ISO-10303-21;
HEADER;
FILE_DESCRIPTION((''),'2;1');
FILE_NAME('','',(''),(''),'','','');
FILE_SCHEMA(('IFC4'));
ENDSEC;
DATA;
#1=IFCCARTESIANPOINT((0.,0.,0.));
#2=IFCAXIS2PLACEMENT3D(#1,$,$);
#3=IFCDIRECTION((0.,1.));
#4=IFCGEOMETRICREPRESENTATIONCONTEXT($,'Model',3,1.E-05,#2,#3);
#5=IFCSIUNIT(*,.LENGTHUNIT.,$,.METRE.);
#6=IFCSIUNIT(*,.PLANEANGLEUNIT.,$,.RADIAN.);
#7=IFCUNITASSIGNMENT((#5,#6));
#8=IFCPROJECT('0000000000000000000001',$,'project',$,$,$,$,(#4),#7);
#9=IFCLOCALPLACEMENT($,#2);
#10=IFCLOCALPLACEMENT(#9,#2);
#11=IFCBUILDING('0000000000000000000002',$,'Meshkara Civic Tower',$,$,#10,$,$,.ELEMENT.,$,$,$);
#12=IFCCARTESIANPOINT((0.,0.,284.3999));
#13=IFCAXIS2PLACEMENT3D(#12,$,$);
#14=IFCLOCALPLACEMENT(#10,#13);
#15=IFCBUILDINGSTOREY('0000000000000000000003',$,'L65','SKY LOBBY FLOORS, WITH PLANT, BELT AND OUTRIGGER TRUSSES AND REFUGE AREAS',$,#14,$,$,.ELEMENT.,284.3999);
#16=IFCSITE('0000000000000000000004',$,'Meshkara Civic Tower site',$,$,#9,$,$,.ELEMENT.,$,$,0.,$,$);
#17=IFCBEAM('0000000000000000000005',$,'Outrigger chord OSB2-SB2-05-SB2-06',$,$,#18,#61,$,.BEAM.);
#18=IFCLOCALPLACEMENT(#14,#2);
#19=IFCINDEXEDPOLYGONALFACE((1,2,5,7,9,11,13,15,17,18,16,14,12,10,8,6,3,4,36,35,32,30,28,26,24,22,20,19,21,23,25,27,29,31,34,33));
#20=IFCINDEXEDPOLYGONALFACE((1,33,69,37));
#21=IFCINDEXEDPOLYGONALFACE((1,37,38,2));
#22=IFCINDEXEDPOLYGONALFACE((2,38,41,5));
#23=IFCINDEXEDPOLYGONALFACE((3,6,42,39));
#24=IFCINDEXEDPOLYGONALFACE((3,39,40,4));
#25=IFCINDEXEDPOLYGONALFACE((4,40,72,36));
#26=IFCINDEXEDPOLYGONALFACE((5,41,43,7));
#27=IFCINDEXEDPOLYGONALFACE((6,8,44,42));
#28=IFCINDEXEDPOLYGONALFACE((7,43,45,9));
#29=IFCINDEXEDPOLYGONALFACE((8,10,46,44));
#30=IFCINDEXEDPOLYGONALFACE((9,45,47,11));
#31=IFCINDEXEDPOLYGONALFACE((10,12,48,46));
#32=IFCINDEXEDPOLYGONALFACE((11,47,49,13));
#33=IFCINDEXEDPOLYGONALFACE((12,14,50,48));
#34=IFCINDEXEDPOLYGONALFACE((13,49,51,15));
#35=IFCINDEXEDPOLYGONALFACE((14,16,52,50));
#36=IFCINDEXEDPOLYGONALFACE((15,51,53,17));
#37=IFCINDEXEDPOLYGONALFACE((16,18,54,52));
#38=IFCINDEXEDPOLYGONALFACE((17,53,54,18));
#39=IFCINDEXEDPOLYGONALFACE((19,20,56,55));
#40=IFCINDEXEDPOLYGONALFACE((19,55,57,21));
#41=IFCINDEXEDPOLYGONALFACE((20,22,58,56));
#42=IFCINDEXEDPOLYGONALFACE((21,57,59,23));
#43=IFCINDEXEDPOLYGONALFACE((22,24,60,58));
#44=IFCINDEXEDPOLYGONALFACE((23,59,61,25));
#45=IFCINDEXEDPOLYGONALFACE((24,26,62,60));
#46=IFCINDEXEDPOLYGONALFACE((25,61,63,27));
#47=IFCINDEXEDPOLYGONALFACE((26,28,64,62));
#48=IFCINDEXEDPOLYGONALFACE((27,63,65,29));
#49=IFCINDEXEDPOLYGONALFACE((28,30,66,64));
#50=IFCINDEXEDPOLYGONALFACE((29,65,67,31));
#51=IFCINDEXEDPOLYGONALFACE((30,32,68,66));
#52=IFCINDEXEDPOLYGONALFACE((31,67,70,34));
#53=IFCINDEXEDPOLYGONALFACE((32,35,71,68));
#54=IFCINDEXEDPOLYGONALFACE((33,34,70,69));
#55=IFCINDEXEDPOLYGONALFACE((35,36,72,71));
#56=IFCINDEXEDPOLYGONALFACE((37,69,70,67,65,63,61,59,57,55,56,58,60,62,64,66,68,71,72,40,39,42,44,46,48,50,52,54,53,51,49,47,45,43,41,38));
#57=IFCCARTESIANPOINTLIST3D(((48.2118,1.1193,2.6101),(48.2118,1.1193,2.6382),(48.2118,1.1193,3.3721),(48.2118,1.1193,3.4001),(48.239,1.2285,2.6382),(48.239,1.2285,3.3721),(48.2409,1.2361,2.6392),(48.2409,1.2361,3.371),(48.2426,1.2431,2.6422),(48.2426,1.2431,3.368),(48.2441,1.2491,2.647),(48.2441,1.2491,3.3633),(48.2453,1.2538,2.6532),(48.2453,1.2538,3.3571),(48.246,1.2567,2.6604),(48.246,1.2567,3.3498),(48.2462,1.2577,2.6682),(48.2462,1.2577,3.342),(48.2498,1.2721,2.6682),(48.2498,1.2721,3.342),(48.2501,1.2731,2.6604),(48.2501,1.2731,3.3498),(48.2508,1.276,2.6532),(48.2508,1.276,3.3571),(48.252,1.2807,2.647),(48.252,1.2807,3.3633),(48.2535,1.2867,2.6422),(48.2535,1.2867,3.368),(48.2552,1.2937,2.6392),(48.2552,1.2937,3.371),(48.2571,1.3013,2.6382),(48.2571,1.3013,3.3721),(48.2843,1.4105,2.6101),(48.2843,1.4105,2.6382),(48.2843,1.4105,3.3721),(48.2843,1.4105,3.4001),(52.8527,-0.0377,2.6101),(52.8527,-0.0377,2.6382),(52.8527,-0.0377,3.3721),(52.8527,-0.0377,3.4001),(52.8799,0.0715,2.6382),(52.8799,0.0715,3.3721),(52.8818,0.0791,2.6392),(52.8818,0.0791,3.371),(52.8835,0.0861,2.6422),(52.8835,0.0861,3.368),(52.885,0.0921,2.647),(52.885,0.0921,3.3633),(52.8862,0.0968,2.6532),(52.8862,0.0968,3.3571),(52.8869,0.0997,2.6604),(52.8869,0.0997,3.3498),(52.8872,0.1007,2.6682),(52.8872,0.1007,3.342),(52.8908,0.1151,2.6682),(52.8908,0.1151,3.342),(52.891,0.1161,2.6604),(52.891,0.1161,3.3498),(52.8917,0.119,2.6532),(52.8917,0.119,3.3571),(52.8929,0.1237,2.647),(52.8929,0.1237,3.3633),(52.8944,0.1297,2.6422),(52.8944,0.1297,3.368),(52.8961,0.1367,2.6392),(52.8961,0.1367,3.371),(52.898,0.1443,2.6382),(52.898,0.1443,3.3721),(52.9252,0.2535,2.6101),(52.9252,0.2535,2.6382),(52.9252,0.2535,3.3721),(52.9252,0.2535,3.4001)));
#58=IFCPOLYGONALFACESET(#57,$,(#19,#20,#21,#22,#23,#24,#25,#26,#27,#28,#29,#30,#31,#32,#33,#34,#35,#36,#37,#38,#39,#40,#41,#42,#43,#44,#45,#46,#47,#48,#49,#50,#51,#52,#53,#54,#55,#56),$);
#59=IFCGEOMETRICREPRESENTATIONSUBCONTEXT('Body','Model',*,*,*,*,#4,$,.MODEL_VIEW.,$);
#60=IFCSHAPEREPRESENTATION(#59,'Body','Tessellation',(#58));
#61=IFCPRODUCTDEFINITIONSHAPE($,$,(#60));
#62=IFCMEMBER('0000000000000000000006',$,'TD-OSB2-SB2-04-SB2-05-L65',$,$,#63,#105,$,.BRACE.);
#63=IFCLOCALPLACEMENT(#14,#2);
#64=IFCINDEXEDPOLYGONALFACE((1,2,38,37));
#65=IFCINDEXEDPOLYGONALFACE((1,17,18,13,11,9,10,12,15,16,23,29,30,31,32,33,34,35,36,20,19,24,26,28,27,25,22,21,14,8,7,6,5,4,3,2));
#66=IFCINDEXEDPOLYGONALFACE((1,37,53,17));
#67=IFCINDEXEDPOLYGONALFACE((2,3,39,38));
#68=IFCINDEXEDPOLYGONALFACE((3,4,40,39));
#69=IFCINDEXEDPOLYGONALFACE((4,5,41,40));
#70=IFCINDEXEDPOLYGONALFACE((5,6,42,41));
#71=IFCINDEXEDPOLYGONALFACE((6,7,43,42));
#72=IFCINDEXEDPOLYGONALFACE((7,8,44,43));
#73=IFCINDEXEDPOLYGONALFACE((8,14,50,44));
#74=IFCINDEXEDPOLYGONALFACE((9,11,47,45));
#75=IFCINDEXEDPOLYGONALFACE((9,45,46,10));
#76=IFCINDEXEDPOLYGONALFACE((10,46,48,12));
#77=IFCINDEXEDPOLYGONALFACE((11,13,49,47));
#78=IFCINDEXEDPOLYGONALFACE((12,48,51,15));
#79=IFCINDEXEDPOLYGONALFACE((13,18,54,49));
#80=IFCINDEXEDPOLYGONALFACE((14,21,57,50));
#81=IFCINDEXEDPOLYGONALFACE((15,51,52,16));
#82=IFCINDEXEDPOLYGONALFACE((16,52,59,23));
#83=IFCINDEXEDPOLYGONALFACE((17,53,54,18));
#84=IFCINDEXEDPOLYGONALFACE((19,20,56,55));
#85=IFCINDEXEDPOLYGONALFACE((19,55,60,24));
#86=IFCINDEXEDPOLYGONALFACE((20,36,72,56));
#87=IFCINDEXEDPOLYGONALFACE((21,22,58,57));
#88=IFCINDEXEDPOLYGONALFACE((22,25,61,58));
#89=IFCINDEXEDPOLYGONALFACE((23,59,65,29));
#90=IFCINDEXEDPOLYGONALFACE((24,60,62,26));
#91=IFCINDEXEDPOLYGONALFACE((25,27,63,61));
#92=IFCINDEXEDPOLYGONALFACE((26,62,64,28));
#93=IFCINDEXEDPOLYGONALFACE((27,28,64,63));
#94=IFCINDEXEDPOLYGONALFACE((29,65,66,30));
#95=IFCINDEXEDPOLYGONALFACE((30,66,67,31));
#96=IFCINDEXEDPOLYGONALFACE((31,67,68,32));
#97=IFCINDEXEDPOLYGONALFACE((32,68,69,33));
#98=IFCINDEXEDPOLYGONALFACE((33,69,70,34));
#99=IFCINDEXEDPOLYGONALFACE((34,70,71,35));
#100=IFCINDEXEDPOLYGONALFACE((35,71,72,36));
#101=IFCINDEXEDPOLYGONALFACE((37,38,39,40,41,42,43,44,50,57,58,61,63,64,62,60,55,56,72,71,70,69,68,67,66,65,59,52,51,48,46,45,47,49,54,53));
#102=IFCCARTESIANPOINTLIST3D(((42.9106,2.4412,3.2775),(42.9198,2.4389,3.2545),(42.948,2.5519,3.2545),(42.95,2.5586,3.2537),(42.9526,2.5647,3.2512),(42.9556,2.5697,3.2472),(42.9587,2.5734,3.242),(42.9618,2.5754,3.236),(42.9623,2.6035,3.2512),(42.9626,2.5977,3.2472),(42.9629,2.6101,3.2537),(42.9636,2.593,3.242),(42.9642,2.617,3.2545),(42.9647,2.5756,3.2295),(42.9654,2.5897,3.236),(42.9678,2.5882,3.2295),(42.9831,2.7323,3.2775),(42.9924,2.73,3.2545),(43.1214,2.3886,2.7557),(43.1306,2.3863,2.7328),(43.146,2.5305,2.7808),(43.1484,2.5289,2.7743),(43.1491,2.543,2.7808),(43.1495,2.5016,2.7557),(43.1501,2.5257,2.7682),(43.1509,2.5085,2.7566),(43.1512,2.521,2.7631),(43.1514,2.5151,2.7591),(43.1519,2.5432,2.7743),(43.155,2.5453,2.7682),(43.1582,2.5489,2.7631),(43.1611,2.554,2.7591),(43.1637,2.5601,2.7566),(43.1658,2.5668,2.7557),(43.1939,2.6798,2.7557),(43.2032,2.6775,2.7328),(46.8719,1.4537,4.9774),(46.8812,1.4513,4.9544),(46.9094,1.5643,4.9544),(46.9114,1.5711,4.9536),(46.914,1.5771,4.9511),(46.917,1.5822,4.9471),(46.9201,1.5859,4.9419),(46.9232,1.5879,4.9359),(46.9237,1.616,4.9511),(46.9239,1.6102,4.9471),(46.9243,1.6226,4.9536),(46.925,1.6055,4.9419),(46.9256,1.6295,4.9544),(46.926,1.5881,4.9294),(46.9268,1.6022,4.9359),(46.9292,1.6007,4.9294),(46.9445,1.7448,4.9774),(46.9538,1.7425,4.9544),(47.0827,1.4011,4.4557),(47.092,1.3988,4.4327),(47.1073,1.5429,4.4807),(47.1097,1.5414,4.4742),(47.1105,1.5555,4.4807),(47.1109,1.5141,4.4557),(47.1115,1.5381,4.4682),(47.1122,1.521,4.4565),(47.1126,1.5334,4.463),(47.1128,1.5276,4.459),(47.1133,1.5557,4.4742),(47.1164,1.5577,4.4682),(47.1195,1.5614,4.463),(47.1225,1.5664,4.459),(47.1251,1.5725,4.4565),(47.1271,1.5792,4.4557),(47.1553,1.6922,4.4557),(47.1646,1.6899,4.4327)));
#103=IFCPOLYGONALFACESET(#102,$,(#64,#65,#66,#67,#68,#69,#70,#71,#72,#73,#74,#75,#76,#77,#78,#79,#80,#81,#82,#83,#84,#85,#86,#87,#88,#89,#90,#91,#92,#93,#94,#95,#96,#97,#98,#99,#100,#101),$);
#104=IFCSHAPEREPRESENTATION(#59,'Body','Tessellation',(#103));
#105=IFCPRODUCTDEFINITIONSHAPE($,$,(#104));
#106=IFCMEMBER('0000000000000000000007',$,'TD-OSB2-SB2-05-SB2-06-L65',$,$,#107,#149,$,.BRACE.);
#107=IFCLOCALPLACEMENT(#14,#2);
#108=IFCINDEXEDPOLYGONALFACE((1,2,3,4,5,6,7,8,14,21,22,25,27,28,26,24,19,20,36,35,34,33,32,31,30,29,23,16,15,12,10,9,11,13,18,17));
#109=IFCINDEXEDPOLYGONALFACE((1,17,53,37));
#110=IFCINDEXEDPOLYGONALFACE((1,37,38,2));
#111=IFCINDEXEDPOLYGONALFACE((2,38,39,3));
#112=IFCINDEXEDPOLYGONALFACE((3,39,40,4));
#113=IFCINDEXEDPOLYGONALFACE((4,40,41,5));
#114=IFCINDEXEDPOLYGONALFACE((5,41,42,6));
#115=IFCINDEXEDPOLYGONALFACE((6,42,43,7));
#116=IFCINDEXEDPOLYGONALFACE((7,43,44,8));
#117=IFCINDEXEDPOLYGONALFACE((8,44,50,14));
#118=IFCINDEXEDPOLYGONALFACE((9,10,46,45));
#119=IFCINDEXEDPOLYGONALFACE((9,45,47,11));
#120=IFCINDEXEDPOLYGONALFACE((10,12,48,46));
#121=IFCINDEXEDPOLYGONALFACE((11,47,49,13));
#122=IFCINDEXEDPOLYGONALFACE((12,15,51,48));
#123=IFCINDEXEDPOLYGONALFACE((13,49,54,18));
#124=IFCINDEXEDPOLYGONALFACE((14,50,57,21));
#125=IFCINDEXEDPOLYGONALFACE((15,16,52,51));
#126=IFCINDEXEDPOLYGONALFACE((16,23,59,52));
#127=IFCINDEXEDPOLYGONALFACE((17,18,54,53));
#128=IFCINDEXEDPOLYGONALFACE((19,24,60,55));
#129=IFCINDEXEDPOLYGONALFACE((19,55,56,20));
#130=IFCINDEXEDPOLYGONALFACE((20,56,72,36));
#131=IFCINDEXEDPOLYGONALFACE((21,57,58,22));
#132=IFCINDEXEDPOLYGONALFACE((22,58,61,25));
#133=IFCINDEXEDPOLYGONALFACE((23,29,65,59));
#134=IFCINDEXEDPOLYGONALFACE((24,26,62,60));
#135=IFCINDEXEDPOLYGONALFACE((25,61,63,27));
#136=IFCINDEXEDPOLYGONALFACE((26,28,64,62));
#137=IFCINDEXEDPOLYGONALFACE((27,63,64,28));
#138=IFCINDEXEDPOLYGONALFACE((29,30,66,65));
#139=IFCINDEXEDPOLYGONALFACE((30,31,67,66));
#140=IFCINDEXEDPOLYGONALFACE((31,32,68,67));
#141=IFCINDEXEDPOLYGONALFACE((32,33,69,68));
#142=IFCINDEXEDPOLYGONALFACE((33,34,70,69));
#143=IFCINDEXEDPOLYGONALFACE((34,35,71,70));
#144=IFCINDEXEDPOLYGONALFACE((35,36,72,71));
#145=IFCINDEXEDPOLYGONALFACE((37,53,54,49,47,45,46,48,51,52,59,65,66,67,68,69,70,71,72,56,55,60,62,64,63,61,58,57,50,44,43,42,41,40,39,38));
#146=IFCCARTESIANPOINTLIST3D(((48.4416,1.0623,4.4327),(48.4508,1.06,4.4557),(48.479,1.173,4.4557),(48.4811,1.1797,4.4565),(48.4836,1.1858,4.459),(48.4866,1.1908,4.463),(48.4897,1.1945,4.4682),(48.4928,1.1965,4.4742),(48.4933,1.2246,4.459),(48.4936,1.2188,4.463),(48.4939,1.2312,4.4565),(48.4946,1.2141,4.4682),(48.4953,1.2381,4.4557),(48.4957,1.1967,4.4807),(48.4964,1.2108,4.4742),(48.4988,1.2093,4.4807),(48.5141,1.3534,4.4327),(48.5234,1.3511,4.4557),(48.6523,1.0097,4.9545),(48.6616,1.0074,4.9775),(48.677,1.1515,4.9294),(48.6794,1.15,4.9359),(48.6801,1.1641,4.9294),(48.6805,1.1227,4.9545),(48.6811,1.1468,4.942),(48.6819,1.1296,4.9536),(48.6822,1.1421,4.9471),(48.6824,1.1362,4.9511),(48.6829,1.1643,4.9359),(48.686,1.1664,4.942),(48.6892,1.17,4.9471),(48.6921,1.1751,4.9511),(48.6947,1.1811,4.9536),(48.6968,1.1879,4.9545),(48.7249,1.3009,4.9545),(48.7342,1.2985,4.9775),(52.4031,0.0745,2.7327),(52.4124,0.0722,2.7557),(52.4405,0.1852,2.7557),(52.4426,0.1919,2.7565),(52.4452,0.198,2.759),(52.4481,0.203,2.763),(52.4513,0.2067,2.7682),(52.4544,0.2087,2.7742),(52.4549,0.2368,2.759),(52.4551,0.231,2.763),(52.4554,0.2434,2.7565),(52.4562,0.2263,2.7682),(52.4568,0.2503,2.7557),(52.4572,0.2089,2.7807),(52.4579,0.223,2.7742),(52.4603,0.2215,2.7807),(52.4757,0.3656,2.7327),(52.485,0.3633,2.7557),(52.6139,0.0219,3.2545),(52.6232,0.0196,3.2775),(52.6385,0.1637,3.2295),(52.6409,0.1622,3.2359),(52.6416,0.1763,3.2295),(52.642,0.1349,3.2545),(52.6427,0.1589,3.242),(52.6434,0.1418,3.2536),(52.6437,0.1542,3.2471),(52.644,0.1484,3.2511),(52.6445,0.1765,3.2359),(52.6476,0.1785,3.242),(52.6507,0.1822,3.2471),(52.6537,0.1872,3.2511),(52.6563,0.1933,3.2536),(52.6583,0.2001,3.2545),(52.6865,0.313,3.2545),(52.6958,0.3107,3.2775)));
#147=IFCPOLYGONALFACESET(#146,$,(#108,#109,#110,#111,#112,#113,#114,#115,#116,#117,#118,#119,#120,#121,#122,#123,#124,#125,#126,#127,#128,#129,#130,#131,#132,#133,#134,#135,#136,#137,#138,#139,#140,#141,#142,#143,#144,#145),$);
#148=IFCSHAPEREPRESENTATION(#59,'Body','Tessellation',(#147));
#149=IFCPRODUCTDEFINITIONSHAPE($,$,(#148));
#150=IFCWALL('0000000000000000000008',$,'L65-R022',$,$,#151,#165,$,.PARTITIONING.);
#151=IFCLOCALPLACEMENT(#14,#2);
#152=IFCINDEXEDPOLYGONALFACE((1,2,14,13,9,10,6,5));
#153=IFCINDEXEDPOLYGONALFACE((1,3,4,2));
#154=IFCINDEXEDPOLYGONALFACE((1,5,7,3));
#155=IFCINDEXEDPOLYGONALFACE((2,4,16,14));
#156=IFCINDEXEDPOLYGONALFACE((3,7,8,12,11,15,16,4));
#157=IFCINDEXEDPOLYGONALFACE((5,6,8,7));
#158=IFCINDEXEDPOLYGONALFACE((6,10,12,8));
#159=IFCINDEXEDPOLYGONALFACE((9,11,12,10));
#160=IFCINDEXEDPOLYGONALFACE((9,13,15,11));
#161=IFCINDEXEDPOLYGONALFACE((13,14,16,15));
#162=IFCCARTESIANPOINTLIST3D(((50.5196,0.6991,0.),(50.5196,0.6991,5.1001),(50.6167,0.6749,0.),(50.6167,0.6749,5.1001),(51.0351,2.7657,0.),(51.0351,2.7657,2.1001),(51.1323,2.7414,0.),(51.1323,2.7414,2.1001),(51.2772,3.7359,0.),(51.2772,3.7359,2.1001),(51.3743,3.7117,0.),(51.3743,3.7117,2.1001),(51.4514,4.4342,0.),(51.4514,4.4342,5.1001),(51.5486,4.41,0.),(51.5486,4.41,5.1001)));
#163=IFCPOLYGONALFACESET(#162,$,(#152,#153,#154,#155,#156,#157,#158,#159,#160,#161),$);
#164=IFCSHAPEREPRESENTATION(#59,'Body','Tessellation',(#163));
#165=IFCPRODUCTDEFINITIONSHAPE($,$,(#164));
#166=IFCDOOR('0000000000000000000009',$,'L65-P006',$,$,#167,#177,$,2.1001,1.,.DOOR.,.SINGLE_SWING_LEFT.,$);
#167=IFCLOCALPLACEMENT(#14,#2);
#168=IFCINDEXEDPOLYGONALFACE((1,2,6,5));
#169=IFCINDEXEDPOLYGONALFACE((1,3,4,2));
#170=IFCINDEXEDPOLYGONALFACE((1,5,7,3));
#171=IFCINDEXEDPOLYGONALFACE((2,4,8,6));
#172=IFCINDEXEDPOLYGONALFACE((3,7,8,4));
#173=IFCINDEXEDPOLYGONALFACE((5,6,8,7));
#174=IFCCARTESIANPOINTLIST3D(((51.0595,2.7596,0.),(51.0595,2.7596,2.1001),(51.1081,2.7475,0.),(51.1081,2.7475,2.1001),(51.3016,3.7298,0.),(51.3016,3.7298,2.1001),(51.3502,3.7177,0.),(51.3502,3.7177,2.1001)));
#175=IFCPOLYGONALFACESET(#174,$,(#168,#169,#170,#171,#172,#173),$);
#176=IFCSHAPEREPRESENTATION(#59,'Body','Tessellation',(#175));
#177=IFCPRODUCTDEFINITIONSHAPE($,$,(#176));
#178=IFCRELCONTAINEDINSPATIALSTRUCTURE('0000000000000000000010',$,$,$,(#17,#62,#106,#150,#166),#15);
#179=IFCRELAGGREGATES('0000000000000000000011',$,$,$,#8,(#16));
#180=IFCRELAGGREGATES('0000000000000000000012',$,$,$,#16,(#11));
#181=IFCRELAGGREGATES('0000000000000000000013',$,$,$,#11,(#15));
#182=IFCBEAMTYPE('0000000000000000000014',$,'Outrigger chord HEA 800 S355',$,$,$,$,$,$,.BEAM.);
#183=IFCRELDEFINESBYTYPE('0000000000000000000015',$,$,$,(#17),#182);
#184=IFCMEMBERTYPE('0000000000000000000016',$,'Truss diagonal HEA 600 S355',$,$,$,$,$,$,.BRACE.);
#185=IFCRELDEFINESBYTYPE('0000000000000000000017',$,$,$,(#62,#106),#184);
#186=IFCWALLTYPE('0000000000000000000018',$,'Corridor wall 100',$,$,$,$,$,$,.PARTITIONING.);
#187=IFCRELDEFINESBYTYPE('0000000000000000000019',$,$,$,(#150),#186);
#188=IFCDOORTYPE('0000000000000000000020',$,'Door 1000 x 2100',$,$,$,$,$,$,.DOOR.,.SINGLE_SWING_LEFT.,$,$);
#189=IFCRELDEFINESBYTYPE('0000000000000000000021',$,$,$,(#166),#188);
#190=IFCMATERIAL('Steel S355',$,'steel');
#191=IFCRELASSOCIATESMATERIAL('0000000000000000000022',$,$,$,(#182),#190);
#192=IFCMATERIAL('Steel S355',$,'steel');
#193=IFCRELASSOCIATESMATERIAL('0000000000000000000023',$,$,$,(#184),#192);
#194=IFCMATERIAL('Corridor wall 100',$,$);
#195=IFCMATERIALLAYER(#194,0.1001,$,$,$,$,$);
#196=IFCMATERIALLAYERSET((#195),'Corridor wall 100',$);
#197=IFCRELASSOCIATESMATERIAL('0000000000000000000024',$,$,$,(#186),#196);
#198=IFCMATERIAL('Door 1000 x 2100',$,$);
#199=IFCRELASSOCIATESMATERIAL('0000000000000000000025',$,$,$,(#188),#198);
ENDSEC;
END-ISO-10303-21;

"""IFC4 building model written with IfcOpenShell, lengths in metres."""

from ifc_helpers import new_model, si_unit, direction, frame, frame_2d, origin, origin_2d, place, context, subcontext, project, spatial, rectangle, i_section, extrude, material, layer, layer_set, material_profile, profile_set, type_object, element, fill, save


model = new_model("IFC4")

# Units and contexts
model_context = context("Model", 3, precision=1e-05, world=origin(), true_north=direction((0.0, 1.0)))
body_context = subcontext(model_context, "Body", "Model", "MODEL_VIEW")
ifc_project = project(units=[si_unit("LENGTHUNIT", "METRE"), si_unit("PLANEANGLEUNIT", "RADIAN")], contexts=[model_context])

# Site, building, storey
site_placement = place(None, origin())
site = spatial("IfcSite", under=ifc_project, at=site_placement, Name="Meshkara Civic Tower site", CompositionType="ELEMENT", RefElevation=0.0)
building_placement = place(site_placement, origin())
building = spatial("IfcBuilding", under=site, at=building_placement, Name="Meshkara Civic Tower", CompositionType="ELEMENT")
storey_placement = place(building_placement, frame((0.0, 0.0, 284.3999)))
storey = spatial("IfcBuildingStorey", under=building, at=storey_placement, Name="L65", Description="SKY LOBBY FLOORS, WITH PLANT, BELT AND OUTRIGGER TRUSSES AND REFUGE AREAS", CompositionType="ELEMENT", Elevation=284.3999)

# Beam
ifc_material_1 = material(Name="Steel S355", Category="steel")
ifc_material_profile_1 = material_profile(ifc_material_1, i_section(OverallWidth=0.3, OverallDepth=0.79, WebThickness=0.0149, FlangeThickness=0.0281, FilletRadius=0.03, at=origin_2d()))
ifc_profile_set_1 = profile_set([ifc_material_profile_1], Name="Steel S355")
beam_type = type_object("IfcBeamType", Name="Outrigger chord HEA 800 S355", PredefinedType="BEAM", material=ifc_profile_set_1)
for number, where, z_axis, x_axis, name in (
    (1, (48.248, 1.2649, 3.0051), (0.970301, -0.241899, 0.0), (0.241899, 0.970301, 0.0), "Outrigger chord OSB2-SB2-05-SB2-06"),
):
    element("IfcBeam", number, at=place(storey_placement, frame(where, z_axis=z_axis, x_axis=x_axis)), inside=storey, type_object=beam_type, Name=name, PredefinedType="BEAM", context=body_context, shape_type="SweptSolid", body=[
        extrude(i_section(OverallWidth=0.3, OverallDepth=0.79, WebThickness=0.0149, FlangeThickness=0.0281, FilletRadius=0.03, at=origin_2d()), origin(), (0.0, 0.0, 1.0), 4.783),
    ])

# Members
ifc_material_2 = material(Name="Steel S355", Category="steel")
ifc_material_profile_2 = material_profile(ifc_material_2, i_section(OverallWidth=0.3, OverallDepth=0.5901, WebThickness=0.0129, FlangeThickness=0.0249, FilletRadius=0.0271, at=origin_2d()))
ifc_profile_set_2 = profile_set([ifc_material_profile_2], Name="Steel S355")
member_type = type_object("IfcMemberType", Name="Truss diagonal HEA 600 S355", PredefinedType="BRACE", material=ifc_profile_set_2)
member_1_placement = place(storey_placement, frame((43.0569, 2.5593, 3.0051), z_axis=(0.895756, -0.223304, 0.384392), x_axis=(0.241888, 0.970304, 0.0)))
element("IfcMember", 2, at=member_1_placement, inside=storey, type_object=member_type, Name="TD-OSB2-SB2-04-SB2-05-L65", PredefinedType="BRACE", context=body_context, shape_type="SweptSolid", body=[
    extrude(i_section(OverallWidth=0.3, OverallDepth=0.5901, WebThickness=0.0129, FlangeThickness=0.0249, FilletRadius=0.0271, at=origin_2d()), origin(), (0.0, 0.0, 1.0), 4.4224),
])
member_2_placement = place(storey_placement, frame((48.5879, 1.1804, 4.7051), z_axis=(0.895745, -0.223356, -0.384387), x_axis=(0.241945, 0.97029, 0.0)))
element("IfcMember", 3, at=member_2_placement, inside=storey, type_object=member_type, Name="TD-OSB2-SB2-05-SB2-06-L65", PredefinedType="BRACE", context=body_context, shape_type="SweptSolid", body=[
    extrude(i_section(OverallWidth=0.3, OverallDepth=0.5901, WebThickness=0.0129, FlangeThickness=0.0249, FilletRadius=0.0271, at=origin_2d()), origin(), (0.0, 0.0, 1.0), 4.4226),
])

# Wall, opening, door
ifc_material_3 = material(Name="Corridor wall 100")
ifc_layer_1 = layer(ifc_material_3, 0.1001)
ifc_layer_set_1 = layer_set([ifc_layer_1], Name="Corridor wall 100")
wall_type_1 = type_object("IfcWallType", Name="Corridor wall 100", PredefinedType="PARTITIONING", material=ifc_layer_set_1)
wall_1_placement = place(storey_placement, frame((50.5681, 0.687, 0.0), z_axis=(0.0, 0.0, 1.0), x_axis=(0.242073, 0.970258, 0.0)))
wall_1 = element("IfcWall", 4, at=wall_1_placement, inside=storey, type_object=wall_type_1, Name="L65-R022", PredefinedType="PARTITIONING", context=body_context, shape_type="SweptSolid", body=[
    extrude(rectangle(XDim=3.8496, YDim=0.1001, at=frame_2d((1.9248, 0.0))), origin(), (0.0, 0.0, 1.0), 5.1001),
])
opening_1_placement = place(wall_1_placement, frame((2.1299, 0.0, 0.0)))
opening_1 = element("IfcOpeningElement", 5, at=opening_1_placement, cuts=wall_1, PredefinedType="OPENING", context=body_context, shape_type="SweptSolid", body=[
    extrude(rectangle(XDim=1.0, YDim=2.1001, at=frame_2d((0.5, 1.05))), frame((0.0, 0.0601, 0.0), z_axis=(0.0, -1.0, 0.0), x_axis=(1.0, 0.0, 0.0)), (0.0, 0.0, 1.0), 0.1201),
])
ifc_material_4 = material(Name="Door 1000 x 2100")
door_type = type_object("IfcDoorType", Name="Door 1000 x 2100", OperationType="SINGLE_SWING_LEFT", PredefinedType="DOOR", material=ifc_material_4)
door_1_placement = place(opening_1_placement, origin())
door_1 = element("IfcDoor", 6, at=door_1_placement, inside=storey, type_object=door_type, Name="L65-P006", OperationType="SINGLE_SWING_LEFT", OverallHeight=2.1001, OverallWidth=1.0, PredefinedType="DOOR", context=body_context, shape_type="SweptSolid", body=[
    extrude(rectangle(XDim=1.0, YDim=2.1001, at=frame_2d((0.5, 1.05))), frame((0.0, 0.0249, 0.0), z_axis=(0.0, -1.0, 0.0), x_axis=(1.0, 0.0, 0.0)), (0.0, 0.0, 1.0), 0.05),
])
fill(opening_1, door_1)

save(model, "model.ifc")
